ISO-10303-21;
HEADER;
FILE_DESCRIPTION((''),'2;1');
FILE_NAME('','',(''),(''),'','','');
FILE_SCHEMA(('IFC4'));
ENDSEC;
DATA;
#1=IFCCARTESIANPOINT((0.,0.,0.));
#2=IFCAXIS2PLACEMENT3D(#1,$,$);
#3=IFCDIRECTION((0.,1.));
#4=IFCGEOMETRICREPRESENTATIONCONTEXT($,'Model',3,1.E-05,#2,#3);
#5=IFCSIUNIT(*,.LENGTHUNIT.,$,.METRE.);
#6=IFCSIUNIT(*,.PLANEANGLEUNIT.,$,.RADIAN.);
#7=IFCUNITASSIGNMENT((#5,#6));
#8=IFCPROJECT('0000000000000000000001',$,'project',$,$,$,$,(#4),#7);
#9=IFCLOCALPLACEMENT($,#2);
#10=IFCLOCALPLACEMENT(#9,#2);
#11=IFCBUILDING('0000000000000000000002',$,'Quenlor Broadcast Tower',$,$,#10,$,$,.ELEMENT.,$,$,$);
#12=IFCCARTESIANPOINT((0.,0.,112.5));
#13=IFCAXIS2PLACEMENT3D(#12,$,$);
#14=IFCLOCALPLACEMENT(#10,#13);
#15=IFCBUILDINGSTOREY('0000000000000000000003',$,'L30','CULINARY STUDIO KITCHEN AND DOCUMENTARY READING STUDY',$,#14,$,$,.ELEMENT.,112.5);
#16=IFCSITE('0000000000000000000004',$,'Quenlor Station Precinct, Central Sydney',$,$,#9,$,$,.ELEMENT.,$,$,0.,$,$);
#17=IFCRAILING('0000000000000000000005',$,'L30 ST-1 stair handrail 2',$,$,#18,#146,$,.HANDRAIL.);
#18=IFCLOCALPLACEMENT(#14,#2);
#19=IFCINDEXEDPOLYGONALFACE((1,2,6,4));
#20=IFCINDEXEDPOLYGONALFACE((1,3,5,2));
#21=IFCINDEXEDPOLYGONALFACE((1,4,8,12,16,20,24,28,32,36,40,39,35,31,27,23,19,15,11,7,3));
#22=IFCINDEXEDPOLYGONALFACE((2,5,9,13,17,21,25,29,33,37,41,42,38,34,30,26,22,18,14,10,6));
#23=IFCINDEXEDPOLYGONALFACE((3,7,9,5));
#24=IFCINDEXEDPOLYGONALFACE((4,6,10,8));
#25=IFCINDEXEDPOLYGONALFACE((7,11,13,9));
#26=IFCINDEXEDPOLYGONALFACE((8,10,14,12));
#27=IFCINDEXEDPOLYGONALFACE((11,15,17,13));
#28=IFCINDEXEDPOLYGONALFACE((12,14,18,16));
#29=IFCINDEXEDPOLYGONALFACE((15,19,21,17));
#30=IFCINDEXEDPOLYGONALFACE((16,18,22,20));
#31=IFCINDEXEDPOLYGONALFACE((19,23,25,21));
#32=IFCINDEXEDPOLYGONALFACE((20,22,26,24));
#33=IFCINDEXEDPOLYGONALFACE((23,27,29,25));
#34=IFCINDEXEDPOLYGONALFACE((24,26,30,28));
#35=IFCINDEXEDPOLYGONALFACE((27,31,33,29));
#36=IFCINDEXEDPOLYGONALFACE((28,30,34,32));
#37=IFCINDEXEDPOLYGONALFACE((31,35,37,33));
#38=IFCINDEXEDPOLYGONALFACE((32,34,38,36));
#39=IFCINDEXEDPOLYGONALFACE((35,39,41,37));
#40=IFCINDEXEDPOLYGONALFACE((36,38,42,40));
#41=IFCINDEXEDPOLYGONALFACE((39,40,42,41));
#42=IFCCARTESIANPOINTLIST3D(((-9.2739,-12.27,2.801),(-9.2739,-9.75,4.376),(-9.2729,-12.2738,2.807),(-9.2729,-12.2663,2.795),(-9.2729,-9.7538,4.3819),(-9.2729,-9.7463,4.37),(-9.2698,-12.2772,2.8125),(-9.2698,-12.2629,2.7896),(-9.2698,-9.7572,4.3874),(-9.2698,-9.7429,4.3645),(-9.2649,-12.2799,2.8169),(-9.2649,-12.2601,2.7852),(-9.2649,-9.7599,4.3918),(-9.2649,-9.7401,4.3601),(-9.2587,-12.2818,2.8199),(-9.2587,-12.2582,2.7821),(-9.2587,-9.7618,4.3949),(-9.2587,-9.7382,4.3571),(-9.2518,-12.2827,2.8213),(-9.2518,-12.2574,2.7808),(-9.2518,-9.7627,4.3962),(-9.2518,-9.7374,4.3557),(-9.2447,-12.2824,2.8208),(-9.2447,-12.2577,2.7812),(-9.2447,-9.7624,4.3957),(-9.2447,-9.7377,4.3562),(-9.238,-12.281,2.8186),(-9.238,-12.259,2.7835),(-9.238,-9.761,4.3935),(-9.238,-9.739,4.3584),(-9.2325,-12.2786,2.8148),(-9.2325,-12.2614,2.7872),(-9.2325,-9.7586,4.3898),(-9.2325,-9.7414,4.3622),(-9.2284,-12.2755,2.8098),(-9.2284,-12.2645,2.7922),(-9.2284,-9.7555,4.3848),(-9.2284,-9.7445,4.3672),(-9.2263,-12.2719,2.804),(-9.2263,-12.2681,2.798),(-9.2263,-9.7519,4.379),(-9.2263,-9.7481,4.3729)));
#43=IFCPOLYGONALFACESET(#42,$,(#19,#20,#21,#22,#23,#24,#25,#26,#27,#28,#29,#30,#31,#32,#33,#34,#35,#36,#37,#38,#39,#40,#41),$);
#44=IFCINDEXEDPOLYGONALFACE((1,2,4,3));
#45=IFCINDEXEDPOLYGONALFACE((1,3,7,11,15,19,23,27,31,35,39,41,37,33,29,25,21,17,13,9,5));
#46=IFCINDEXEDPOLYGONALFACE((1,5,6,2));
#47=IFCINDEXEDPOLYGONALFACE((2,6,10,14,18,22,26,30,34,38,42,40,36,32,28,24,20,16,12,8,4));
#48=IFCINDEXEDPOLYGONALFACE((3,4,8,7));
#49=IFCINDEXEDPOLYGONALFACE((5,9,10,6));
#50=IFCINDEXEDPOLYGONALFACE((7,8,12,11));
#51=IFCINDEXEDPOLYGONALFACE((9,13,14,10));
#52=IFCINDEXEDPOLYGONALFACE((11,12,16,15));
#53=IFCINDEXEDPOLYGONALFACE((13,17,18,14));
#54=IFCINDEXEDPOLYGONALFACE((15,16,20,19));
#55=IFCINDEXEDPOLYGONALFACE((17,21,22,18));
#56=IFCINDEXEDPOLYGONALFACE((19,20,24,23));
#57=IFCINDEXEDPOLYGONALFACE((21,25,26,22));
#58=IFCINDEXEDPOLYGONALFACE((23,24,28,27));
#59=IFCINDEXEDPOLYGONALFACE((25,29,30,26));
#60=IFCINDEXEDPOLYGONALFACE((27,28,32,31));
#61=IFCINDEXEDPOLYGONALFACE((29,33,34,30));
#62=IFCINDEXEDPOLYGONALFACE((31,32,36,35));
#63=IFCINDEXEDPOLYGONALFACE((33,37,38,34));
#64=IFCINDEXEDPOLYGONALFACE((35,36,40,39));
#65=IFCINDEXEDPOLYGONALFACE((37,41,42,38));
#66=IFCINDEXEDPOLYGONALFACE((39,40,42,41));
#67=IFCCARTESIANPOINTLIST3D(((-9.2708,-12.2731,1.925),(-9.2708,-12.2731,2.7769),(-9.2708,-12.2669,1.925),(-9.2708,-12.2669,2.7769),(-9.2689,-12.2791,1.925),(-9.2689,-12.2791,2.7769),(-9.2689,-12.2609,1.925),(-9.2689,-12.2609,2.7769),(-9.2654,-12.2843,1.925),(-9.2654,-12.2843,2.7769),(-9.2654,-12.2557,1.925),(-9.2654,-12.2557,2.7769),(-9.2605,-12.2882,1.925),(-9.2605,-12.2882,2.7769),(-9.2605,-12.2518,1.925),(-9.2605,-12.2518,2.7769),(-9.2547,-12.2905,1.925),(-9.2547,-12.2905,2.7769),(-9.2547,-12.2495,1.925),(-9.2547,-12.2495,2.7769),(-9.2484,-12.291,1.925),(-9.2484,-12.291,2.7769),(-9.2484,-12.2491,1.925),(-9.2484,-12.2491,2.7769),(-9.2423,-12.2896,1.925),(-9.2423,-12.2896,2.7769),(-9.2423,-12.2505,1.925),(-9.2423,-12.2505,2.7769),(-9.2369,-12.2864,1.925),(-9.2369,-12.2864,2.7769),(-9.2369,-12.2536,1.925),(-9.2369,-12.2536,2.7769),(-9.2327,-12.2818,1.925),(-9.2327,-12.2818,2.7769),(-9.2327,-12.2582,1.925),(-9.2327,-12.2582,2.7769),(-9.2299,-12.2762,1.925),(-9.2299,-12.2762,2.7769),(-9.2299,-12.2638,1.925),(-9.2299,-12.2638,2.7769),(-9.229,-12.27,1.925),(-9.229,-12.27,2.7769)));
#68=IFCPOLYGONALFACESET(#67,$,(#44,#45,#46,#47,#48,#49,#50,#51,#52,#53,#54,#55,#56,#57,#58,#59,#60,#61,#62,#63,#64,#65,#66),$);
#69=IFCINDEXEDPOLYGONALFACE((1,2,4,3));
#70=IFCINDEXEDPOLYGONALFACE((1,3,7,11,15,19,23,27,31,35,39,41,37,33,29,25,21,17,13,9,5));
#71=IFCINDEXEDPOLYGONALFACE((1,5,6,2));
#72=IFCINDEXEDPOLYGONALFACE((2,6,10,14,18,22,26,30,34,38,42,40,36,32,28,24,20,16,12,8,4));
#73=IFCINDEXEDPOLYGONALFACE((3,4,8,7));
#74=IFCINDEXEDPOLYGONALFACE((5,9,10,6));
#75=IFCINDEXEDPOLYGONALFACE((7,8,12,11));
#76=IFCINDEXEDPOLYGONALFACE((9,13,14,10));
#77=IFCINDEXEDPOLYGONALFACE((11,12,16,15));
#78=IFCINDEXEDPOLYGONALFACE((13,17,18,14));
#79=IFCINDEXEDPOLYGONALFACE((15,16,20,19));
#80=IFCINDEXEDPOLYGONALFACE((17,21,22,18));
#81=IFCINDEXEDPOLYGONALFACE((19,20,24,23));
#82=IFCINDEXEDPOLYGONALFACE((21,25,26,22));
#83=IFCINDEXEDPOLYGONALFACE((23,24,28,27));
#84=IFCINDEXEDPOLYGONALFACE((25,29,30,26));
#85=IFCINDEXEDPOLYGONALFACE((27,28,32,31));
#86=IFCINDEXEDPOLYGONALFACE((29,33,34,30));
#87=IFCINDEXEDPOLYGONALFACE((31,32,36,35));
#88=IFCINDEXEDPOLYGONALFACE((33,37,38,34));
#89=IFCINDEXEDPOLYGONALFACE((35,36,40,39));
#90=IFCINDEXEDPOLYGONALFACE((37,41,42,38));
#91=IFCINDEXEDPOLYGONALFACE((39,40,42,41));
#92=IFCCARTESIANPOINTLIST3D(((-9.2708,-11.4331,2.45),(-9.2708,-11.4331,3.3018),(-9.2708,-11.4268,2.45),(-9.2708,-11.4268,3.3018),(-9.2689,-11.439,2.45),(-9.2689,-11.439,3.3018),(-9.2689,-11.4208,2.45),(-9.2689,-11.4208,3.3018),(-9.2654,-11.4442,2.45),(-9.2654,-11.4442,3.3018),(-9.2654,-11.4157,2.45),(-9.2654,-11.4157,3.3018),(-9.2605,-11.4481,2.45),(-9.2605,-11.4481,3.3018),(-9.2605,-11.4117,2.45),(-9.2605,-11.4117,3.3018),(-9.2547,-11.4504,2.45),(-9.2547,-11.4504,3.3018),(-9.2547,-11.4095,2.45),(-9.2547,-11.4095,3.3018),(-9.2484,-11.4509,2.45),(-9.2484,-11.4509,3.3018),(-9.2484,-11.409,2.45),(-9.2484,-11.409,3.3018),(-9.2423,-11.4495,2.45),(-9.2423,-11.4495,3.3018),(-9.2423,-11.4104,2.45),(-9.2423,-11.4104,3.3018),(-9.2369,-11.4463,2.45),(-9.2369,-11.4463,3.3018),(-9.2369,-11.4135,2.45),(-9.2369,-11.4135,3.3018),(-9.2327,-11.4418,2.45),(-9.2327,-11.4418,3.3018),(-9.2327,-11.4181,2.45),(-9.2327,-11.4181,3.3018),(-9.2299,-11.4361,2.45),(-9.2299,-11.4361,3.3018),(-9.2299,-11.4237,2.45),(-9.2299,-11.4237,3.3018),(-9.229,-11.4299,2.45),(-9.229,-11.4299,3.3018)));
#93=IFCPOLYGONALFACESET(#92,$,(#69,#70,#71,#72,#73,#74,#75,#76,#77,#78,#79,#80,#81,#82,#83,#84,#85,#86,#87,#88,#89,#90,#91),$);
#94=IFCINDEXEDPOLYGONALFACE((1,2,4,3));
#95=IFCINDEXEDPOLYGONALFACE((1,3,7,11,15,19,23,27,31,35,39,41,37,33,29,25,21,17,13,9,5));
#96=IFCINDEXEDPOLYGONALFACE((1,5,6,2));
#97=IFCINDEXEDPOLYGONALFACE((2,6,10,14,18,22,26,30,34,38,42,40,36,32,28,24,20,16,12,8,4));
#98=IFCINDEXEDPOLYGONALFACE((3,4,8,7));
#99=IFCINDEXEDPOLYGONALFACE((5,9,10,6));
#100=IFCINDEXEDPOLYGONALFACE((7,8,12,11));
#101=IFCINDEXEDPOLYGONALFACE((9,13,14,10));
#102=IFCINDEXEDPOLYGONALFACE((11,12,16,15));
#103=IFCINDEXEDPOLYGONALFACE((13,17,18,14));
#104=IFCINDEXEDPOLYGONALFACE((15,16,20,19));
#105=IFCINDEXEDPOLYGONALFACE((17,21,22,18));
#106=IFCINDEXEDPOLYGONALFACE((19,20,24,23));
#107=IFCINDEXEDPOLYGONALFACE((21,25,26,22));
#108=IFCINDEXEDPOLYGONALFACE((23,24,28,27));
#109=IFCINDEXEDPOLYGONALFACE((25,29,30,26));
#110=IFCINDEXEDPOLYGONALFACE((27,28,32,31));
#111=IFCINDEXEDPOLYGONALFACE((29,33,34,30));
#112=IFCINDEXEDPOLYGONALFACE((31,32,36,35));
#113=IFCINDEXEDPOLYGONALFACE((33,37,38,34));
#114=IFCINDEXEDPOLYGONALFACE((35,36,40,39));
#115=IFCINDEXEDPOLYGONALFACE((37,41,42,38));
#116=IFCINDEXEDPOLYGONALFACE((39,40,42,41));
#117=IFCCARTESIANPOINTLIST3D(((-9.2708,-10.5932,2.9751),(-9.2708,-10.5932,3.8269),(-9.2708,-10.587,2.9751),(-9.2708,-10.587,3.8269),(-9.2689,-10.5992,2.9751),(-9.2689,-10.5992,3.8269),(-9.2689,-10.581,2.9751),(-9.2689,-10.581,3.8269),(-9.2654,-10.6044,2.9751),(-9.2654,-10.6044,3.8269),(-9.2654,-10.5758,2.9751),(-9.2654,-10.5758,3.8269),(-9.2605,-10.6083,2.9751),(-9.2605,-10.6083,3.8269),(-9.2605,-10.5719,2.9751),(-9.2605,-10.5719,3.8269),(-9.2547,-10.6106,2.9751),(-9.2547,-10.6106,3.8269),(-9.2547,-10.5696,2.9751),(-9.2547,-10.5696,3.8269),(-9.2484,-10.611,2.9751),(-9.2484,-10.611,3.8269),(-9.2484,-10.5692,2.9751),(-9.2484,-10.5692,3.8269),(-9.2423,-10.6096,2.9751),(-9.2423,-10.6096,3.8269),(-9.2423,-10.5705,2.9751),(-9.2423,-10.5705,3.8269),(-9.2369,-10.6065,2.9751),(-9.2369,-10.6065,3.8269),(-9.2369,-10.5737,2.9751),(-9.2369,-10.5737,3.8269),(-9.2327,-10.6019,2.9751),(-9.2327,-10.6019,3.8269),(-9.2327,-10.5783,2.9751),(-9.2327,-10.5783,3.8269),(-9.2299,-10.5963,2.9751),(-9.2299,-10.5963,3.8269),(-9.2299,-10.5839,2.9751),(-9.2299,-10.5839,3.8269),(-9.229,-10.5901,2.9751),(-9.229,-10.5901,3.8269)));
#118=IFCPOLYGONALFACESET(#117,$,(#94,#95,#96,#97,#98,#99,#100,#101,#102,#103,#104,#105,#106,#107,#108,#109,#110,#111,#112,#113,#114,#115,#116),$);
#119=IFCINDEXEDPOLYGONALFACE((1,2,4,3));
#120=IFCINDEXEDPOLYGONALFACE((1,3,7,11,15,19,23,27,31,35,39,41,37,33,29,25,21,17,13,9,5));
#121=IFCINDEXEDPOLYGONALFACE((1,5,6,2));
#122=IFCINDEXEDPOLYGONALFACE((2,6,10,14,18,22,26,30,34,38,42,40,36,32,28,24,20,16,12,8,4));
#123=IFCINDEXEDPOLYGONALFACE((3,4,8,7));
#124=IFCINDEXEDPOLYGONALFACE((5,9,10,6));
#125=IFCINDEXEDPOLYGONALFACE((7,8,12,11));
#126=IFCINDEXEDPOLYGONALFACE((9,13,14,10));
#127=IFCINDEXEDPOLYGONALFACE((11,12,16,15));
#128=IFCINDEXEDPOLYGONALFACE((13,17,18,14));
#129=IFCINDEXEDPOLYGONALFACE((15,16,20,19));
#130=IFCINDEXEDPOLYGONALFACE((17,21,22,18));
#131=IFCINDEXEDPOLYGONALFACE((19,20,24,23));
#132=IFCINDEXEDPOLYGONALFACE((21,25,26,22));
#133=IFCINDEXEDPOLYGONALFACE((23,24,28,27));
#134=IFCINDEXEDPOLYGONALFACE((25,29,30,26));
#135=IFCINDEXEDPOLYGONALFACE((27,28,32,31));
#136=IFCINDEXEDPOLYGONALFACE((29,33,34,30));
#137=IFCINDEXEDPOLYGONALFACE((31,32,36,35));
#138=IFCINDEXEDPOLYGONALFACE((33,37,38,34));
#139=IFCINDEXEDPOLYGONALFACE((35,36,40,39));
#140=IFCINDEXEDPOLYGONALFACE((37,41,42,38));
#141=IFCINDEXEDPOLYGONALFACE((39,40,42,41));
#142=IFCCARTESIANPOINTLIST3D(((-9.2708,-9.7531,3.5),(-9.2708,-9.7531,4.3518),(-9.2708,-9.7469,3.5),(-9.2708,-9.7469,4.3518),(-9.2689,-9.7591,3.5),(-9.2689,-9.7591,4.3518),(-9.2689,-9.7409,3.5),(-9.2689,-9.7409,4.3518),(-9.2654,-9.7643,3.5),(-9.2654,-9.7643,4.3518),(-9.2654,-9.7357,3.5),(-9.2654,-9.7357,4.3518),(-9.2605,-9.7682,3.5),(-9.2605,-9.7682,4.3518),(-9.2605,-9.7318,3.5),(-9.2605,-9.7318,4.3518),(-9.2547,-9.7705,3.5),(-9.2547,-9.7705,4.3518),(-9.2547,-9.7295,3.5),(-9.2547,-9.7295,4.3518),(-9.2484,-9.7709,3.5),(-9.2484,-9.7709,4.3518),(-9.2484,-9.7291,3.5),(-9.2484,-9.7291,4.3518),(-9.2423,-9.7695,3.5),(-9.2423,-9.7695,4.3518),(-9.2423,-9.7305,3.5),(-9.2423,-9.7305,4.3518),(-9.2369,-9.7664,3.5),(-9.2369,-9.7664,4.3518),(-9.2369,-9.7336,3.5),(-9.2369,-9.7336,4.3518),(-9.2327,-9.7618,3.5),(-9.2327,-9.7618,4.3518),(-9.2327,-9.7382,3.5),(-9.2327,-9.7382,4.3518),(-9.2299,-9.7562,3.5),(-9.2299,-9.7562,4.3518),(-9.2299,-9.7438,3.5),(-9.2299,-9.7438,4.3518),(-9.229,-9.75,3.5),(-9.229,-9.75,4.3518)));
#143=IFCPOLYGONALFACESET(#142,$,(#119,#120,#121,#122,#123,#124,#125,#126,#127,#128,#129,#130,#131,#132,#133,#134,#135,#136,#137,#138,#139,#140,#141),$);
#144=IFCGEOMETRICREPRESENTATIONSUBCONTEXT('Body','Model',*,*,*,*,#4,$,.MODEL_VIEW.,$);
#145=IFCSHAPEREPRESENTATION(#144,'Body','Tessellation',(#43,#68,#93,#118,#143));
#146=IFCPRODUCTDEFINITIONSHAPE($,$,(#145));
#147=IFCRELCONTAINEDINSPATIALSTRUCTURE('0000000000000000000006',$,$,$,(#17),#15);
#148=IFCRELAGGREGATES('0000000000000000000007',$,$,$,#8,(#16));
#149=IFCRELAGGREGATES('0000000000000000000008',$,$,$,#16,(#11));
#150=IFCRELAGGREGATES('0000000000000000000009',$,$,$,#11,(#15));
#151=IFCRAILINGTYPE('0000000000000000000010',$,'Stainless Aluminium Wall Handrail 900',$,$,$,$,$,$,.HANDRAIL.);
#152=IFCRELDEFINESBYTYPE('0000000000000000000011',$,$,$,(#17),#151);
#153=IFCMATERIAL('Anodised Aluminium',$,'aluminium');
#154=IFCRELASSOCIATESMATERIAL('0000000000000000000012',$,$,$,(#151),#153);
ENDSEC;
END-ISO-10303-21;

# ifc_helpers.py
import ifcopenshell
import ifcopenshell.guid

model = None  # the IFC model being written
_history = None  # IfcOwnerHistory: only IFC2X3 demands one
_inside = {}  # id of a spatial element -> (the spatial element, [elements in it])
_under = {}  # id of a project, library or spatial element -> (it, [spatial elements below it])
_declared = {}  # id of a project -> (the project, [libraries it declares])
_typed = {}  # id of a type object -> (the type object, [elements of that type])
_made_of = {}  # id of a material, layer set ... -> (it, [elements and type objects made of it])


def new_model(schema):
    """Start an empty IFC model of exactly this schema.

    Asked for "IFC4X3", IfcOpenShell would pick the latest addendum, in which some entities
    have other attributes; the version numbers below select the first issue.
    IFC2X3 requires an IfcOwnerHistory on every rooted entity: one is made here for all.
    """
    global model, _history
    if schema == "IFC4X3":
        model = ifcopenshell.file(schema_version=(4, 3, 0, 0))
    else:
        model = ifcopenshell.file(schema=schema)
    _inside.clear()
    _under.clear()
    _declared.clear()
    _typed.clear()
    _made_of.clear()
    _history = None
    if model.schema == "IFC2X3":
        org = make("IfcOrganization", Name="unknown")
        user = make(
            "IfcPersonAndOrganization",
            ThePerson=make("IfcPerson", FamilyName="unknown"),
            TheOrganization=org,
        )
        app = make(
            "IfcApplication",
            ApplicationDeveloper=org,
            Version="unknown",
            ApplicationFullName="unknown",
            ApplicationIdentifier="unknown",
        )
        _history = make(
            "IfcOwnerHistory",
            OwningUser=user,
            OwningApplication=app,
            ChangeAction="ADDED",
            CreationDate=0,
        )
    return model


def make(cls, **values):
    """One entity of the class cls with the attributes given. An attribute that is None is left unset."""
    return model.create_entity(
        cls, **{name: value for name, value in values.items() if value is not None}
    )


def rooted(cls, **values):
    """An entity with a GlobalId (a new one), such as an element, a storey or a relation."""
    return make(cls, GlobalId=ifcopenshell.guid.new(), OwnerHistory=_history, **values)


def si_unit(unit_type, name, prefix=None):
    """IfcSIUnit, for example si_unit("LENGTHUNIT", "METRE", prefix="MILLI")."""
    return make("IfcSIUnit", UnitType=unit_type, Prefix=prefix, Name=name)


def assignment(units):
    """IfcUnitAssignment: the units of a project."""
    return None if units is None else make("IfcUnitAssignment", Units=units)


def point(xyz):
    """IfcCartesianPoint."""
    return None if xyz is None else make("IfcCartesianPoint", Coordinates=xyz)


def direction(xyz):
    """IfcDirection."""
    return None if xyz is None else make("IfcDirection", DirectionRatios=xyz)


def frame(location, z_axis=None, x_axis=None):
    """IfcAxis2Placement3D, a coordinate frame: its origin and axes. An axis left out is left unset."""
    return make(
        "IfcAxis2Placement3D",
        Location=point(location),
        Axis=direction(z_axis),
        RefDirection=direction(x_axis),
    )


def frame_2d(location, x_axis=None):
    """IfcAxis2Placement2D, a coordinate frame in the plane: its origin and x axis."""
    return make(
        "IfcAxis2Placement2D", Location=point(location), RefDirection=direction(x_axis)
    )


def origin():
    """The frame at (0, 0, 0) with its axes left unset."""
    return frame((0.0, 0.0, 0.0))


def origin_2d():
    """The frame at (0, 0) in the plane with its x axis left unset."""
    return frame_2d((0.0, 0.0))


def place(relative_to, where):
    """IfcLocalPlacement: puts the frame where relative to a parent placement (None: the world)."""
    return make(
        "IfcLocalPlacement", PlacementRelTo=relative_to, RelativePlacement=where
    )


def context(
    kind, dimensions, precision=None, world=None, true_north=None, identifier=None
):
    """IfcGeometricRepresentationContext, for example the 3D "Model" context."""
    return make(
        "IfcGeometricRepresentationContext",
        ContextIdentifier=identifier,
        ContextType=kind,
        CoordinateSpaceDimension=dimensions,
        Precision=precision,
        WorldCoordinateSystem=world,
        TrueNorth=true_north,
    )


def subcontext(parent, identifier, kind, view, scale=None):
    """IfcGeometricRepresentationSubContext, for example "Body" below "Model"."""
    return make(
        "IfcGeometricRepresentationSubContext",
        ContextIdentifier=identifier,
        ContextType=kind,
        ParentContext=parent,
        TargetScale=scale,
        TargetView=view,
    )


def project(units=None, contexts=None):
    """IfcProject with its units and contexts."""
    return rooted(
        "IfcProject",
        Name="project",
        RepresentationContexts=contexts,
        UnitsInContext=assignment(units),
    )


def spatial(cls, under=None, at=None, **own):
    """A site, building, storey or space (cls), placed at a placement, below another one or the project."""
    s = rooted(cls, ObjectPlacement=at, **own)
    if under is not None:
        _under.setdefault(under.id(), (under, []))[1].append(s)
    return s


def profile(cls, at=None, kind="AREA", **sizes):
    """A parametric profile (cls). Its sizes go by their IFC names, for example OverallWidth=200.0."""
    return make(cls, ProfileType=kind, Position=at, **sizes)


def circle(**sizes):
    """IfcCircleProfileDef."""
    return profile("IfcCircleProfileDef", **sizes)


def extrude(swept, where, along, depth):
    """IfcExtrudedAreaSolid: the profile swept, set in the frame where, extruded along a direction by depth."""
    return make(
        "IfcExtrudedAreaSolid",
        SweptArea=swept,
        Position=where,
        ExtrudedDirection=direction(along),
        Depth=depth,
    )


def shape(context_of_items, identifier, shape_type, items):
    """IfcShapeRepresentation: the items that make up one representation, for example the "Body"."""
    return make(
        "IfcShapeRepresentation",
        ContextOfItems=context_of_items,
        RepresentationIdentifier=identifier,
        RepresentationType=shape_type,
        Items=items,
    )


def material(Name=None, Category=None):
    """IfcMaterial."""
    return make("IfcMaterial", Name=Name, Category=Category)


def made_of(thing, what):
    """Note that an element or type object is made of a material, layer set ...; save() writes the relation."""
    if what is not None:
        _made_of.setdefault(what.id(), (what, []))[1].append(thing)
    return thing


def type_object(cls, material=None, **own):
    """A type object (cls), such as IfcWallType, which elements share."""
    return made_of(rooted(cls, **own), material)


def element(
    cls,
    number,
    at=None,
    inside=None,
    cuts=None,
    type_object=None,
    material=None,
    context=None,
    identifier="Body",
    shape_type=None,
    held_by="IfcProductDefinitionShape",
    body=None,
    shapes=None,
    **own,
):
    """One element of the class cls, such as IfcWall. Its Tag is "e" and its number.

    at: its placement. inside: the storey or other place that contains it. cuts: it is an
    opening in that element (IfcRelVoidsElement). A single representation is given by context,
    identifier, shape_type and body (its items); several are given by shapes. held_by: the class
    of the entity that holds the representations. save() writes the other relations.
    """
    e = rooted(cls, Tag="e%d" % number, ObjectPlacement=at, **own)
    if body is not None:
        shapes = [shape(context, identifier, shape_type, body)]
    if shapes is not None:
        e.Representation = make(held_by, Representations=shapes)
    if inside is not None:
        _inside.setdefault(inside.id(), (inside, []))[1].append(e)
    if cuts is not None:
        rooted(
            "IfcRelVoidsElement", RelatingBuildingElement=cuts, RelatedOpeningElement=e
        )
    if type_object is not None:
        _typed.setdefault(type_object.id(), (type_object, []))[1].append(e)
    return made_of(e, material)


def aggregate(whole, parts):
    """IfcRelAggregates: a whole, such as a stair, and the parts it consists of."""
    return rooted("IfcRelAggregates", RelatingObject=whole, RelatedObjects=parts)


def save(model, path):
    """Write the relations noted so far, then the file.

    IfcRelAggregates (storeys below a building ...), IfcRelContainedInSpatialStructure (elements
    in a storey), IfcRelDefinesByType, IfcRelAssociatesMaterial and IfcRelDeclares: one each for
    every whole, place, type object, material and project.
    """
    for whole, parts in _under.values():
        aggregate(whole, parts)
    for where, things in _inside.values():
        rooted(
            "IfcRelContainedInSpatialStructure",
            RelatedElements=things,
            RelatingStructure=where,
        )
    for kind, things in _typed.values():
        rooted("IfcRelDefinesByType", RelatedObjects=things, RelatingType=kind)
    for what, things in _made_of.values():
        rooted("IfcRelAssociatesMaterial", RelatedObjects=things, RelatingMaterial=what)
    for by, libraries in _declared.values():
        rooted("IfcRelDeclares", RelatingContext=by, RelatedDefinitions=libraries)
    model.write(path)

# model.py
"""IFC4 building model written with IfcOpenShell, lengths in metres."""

from ifc_helpers import new_model, si_unit, direction, frame, origin, origin_2d, place, context, subcontext, project, spatial, circle, extrude, material, type_object, element, save


model = new_model("IFC4")

# Units and contexts
model_context = context("Model", 3, precision=1e-05, world=origin(), true_north=direction((0.0, 1.0)))
body_context = subcontext(model_context, "Body", "Model", "MODEL_VIEW")
ifc_project = project(units=[si_unit("LENGTHUNIT", "METRE"), si_unit("PLANEANGLEUNIT", "RADIAN")], contexts=[model_context])

# Site, building, storey
site_placement = place(None, origin())
site = spatial("IfcSite", under=ifc_project, at=site_placement, Name="Quenlor Station Precinct, Central Sydney", CompositionType="ELEMENT", RefElevation=0.0)
building_placement = place(site_placement, origin())
building = spatial("IfcBuilding", under=site, at=building_placement, Name="Quenlor Broadcast Tower", CompositionType="ELEMENT")
storey_placement = place(building_placement, frame((0.0, 0.0, 112.5)))
storey = spatial("IfcBuildingStorey", under=building, at=storey_placement, Name="L30", Description="CULINARY STUDIO KITCHEN AND DOCUMENTARY READING STUDY", CompositionType="ELEMENT", Elevation=112.5)

# Railing
ifc_material_1 = material(Name="Anodised Aluminium", Category="aluminium")
railing_type_1 = type_object("IfcRailingType", Name="Stainless Aluminium Wall Handrail 900", PredefinedType="HANDRAIL", material=ifc_material_1)
railing_1_placement = place(storey_placement, frame((-9.25, -12.27, 1.925)))
element("IfcRailing", 1, at=railing_1_placement, inside=storey, type_object=railing_type_1, Name="L30 ST-1 stair handrail 2", PredefinedType="HANDRAIL", context=body_context, shape_type="SweptSolid", body=[
    extrude(circle(Radius=0.0239, at=origin_2d()), frame((0.0, 0.0, 0.876), z_axis=(0.0, 0.848008, 0.529984), x_axis=(-1.0, 0.0, 0.0)), (0.0, 0.0, 1.0), 2.9717),
    extrude(circle(Radius=0.021, at=origin_2d()), origin(), (0.0, 0.0, 1.0), 0.8518),
    extrude(circle(Radius=0.021, at=origin_2d()), frame((0.0, 0.8401, 0.5249)), (0.0, 0.0, 1.0), 0.8518),
    extrude(circle(Radius=0.021, at=origin_2d()), frame((0.0, 1.6799, 1.05)), (0.0, 0.0, 1.0), 0.8518),
    extrude(circle(Radius=0.021, at=origin_2d()), frame((0.0, 2.52, 1.575)), (0.0, 0.0, 1.0), 0.8518),
])

save(model, "model.ifc")
